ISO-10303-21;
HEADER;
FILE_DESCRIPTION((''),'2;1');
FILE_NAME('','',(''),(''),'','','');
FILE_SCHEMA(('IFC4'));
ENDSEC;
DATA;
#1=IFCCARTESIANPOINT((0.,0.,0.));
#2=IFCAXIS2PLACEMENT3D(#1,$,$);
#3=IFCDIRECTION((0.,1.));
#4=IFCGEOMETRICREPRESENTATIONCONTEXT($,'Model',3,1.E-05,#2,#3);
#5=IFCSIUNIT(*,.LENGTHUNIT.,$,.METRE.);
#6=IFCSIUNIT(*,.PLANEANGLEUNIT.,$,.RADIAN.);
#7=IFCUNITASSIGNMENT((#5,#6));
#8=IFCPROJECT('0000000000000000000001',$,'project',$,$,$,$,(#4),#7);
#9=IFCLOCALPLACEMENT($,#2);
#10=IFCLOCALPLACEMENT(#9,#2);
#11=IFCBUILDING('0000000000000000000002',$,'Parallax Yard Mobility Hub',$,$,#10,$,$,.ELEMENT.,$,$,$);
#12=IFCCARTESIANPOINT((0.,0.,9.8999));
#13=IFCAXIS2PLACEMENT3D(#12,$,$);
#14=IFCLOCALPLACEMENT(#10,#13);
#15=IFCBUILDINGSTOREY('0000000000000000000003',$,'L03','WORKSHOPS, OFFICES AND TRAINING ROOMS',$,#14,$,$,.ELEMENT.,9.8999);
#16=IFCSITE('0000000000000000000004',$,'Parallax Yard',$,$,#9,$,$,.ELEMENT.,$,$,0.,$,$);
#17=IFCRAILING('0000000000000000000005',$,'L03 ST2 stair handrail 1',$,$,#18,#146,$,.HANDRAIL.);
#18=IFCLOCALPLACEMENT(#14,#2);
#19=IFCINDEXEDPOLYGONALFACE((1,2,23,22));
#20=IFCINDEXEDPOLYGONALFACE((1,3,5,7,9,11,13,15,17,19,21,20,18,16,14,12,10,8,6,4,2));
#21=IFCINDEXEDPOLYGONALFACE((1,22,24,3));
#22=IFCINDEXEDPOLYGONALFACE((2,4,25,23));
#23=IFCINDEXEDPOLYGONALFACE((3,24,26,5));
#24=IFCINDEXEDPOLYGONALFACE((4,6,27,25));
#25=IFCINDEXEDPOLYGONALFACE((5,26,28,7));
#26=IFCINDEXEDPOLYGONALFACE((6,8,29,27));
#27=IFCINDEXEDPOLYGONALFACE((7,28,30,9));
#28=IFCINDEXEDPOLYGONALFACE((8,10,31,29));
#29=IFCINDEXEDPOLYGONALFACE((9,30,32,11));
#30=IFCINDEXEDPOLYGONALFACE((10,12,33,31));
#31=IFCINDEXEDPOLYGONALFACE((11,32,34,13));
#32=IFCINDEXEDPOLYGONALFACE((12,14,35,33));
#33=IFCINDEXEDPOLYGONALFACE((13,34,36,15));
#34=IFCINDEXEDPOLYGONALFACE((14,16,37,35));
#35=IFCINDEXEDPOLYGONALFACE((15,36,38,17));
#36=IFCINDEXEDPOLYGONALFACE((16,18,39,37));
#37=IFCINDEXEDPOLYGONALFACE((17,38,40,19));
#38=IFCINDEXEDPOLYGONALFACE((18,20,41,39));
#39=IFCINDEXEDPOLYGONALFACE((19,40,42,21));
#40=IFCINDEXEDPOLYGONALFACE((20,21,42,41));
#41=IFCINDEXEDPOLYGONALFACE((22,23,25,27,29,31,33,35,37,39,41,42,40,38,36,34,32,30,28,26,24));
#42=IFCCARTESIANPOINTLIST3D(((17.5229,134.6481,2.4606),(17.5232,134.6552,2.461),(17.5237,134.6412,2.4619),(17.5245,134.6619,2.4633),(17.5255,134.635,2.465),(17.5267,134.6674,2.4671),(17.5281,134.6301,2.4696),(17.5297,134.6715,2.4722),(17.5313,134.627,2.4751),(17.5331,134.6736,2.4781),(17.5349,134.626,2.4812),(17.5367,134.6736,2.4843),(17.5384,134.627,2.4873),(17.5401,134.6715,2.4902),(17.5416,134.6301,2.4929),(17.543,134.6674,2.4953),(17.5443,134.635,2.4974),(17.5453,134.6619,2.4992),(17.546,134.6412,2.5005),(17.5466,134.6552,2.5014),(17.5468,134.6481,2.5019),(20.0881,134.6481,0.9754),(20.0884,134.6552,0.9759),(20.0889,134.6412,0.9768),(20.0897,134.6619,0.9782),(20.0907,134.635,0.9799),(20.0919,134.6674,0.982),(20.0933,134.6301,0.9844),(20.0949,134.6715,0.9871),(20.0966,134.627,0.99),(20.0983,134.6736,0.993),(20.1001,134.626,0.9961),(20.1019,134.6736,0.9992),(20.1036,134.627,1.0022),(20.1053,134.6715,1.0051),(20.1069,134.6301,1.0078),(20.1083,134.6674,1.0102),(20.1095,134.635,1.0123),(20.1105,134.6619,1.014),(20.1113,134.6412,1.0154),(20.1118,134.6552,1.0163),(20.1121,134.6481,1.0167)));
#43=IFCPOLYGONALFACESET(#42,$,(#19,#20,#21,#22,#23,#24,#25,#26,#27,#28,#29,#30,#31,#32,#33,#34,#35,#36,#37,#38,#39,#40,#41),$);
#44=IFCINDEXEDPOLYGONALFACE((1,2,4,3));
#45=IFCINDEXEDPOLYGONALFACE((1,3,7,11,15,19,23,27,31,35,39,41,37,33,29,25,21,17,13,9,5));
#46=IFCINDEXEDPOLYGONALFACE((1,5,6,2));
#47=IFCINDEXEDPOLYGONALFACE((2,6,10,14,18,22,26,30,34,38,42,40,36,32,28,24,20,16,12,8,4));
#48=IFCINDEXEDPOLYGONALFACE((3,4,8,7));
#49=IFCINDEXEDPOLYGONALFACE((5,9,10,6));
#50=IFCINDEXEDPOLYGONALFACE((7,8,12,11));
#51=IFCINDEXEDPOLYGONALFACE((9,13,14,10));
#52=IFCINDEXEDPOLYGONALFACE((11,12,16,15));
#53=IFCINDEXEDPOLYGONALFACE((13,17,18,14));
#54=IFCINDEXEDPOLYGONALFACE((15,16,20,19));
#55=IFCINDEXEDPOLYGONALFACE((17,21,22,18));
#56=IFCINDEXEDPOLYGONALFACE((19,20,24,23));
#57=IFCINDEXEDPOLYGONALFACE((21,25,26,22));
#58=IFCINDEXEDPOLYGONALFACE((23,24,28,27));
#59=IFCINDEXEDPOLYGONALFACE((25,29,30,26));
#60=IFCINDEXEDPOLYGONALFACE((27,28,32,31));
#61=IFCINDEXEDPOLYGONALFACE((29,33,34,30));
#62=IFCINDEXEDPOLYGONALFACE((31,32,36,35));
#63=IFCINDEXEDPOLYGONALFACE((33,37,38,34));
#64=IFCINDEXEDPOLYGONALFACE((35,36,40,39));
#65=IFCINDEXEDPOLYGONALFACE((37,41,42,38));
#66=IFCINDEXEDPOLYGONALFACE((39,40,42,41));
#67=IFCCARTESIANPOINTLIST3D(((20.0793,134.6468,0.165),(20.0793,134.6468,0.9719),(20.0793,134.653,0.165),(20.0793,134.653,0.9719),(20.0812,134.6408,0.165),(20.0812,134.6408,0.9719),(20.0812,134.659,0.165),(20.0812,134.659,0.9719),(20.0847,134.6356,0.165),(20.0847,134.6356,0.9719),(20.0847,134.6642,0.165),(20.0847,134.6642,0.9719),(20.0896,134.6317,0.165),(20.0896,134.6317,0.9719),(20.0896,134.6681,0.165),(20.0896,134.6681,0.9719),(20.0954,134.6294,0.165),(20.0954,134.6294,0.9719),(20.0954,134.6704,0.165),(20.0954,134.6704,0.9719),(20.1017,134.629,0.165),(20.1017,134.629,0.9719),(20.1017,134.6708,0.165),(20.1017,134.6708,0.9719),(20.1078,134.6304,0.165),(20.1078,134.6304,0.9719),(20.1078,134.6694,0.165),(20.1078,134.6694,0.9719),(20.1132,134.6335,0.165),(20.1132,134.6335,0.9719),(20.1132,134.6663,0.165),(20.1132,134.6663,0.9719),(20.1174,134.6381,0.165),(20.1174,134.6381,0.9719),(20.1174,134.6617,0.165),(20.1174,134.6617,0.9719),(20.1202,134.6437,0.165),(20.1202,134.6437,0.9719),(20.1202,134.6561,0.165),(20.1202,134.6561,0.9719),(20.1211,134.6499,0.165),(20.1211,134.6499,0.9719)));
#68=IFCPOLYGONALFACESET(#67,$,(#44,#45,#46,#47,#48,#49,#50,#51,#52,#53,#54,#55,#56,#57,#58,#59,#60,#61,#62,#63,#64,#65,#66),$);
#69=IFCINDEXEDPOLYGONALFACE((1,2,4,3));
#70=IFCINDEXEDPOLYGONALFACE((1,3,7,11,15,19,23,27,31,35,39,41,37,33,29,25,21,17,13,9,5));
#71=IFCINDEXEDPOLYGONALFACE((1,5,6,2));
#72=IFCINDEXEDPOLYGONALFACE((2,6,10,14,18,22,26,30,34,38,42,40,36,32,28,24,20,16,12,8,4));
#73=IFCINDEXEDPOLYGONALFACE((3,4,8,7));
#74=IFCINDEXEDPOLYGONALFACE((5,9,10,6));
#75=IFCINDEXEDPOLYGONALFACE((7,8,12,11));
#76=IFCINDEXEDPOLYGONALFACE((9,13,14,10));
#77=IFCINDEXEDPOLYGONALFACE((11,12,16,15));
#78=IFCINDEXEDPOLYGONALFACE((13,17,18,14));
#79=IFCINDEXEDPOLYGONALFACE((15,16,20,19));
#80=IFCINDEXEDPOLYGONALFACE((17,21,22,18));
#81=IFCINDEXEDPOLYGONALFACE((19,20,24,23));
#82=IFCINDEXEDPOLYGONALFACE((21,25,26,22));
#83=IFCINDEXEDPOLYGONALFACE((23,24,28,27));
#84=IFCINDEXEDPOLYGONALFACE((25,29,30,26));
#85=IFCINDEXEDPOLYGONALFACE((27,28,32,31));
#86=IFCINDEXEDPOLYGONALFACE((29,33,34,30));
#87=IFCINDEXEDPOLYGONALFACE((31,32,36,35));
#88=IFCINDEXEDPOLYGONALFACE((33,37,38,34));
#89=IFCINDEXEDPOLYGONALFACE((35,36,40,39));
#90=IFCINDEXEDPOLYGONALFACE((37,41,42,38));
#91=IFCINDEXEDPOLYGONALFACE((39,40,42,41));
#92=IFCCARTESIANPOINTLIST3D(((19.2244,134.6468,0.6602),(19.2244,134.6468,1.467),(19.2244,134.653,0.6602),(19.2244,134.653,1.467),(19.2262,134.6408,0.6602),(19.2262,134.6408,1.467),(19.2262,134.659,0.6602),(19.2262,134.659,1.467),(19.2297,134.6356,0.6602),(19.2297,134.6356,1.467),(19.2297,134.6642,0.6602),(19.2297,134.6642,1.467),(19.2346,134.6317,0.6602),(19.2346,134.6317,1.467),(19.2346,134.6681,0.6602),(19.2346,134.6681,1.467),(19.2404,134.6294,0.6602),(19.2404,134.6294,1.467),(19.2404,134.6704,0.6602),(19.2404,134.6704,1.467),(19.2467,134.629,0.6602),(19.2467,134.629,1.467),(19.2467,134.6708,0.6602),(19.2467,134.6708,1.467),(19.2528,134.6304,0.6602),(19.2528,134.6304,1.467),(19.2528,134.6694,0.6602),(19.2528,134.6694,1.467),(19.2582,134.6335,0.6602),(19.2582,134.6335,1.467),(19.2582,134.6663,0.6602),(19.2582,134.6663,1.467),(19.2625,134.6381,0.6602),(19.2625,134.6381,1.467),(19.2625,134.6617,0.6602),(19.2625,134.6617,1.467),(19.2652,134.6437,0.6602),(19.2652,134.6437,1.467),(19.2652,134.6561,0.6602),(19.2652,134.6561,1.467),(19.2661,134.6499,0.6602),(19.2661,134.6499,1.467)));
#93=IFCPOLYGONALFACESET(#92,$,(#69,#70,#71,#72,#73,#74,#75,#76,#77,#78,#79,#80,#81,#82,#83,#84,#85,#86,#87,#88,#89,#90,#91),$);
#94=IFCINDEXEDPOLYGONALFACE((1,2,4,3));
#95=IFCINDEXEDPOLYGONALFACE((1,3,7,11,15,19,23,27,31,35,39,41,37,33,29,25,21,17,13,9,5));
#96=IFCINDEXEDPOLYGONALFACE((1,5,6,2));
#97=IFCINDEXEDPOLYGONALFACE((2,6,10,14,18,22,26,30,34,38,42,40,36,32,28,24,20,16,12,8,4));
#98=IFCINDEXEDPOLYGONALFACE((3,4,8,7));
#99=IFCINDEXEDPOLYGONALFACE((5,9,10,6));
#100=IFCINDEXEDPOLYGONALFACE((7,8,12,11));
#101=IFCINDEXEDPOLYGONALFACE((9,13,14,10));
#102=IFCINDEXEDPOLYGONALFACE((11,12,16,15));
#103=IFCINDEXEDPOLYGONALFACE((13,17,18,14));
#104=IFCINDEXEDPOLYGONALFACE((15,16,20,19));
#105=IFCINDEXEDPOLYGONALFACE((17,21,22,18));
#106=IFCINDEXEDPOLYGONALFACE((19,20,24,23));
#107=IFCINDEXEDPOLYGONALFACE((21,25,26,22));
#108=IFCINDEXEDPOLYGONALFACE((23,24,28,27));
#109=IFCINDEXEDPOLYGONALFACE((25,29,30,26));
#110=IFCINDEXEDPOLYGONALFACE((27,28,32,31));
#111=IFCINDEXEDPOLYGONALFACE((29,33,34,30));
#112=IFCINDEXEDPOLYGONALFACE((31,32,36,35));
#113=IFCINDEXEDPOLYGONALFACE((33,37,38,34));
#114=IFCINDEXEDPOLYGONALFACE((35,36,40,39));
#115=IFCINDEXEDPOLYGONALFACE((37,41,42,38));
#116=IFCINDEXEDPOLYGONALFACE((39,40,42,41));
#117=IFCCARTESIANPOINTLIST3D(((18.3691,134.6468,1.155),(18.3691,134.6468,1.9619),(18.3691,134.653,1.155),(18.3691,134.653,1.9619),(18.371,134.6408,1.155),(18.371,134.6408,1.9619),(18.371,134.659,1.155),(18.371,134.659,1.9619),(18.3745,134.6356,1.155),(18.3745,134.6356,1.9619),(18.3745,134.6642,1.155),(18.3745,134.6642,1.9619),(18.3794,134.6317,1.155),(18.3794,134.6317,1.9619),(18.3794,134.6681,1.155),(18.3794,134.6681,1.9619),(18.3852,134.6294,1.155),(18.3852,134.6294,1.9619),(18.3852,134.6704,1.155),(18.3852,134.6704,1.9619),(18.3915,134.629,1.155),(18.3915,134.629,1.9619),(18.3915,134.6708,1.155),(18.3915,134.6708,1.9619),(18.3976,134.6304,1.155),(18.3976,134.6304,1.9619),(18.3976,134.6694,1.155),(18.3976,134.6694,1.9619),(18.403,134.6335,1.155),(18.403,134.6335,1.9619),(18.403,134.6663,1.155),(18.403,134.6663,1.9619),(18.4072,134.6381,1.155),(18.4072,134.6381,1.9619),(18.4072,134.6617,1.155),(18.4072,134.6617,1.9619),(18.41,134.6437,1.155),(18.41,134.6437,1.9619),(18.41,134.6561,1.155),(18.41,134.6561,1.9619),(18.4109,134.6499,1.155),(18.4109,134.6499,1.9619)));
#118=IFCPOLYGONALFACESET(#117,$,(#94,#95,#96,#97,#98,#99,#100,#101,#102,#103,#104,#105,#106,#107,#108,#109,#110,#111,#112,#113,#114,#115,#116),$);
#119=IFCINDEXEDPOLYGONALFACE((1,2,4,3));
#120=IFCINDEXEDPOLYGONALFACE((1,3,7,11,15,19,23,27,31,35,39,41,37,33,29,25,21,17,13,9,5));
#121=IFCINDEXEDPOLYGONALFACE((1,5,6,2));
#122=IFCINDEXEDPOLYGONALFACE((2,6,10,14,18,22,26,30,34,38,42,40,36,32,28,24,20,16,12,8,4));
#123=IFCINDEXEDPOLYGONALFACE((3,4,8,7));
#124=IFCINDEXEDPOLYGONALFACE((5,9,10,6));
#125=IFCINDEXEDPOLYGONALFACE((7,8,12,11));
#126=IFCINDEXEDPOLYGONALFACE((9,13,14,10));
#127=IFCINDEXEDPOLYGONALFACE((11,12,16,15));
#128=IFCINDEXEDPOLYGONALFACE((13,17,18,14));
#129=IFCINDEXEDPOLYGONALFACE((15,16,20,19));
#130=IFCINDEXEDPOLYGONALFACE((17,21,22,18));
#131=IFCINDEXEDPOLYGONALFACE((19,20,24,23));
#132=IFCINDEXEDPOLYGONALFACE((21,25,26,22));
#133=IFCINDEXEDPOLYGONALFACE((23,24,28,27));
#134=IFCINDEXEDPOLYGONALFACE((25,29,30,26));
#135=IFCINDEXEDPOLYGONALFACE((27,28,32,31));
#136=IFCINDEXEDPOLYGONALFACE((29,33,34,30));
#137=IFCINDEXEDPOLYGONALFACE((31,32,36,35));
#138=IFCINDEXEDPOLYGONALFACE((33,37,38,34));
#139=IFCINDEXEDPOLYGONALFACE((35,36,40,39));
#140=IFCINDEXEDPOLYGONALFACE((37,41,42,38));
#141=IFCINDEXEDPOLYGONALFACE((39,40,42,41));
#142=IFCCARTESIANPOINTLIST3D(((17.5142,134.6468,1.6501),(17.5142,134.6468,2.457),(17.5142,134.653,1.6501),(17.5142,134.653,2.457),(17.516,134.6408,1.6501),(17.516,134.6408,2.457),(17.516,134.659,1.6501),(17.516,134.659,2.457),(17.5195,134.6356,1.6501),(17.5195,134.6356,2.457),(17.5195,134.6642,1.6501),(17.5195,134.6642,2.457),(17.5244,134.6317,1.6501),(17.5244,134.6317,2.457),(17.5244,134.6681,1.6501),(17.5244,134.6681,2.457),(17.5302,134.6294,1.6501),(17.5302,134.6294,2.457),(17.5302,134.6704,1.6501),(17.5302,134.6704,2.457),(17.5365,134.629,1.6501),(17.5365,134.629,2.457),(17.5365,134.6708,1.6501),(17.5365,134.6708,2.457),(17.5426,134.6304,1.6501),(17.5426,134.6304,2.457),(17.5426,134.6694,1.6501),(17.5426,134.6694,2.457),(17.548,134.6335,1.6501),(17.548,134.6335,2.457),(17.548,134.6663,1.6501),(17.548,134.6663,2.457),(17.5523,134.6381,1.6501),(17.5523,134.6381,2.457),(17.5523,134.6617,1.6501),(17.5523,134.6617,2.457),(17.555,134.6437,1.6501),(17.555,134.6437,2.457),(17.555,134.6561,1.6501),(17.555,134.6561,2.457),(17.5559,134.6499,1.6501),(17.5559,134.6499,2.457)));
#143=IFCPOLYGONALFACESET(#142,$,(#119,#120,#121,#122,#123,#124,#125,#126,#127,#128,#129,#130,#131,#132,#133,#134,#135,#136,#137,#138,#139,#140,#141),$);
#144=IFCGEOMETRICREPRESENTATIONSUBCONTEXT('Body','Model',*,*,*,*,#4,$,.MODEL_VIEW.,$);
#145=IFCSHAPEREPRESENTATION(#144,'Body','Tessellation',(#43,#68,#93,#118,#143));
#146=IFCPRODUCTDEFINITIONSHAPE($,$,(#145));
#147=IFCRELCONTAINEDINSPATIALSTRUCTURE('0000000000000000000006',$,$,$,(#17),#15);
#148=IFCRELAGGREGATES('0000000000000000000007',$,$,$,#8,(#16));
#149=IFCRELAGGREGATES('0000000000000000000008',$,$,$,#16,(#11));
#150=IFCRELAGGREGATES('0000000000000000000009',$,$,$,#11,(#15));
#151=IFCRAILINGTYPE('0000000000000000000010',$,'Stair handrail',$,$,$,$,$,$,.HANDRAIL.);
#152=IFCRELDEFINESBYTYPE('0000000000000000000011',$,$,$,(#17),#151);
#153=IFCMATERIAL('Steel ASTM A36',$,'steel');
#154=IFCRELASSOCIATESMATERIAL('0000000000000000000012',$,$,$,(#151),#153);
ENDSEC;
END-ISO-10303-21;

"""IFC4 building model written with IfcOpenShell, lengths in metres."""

from ifc_helpers import new_model, si_unit, direction, frame, origin, origin_2d, place, context, subcontext, project, spatial, circle, extrude, material, type_object, element, save


model = new_model("IFC4")

# Units and contexts
model_context = context("Model", 3, precision=1e-05, world=origin(), true_north=direction((0.0, 1.0)))
body_context = subcontext(model_context, "Body", "Model", "MODEL_VIEW")
ifc_project = project(units=[si_unit("LENGTHUNIT", "METRE"), si_unit("PLANEANGLEUNIT", "RADIAN")], contexts=[model_context])

# Site, building, storey
site_placement = place(None, origin())
site = spatial("IfcSite", under=ifc_project, at=site_placement, Name="Parallax Yard", CompositionType="ELEMENT", RefElevation=0.0)
building_placement = place(site_placement, origin())
building = spatial("IfcBuilding", under=site, at=building_placement, Name="Parallax Yard Mobility Hub", CompositionType="ELEMENT")
storey_placement = place(building_placement, frame((0.0, 0.0, 9.8999)))
storey = spatial("IfcBuildingStorey", under=building, at=storey_placement, Name="L03", Description="WORKSHOPS, OFFICES AND TRAINING ROOMS", CompositionType="ELEMENT", Elevation=9.8999)

# Railing
ifc_material_1 = material(Name="Steel ASTM A36", Category="steel")
railing_type_1 = type_object("IfcRailingType", Name="Stair handrail", PredefinedType="HANDRAIL", material=ifc_material_1)
railing_1_placement = place(storey_placement, frame((20.1001, 134.6499, 0.165)))
element("IfcRailing", 1, at=railing_1_placement, inside=storey, type_object=railing_type_1, Name="L03 ST2 stair handrail 1", PredefinedType="HANDRAIL", context=body_context, shape_type="SweptSolid", body=[
    extrude(circle(Radius=0.0239, at=origin_2d()), frame((0.0, 0.0, 0.8311), z_axis=(-0.865426, 0.0, 0.501036), x_axis=(0.0, -1.0, 0.0)), (0.0, 0.0, 1.0), 2.9641),
    extrude(circle(Radius=0.021, at=origin_2d()), origin(), (0.0, 0.0, 1.0), 0.8069),
    extrude(circle(Radius=0.021, at=origin_2d()), frame((-0.855, 0.0, 0.4951)), (0.0, 0.0, 1.0), 0.8069),
    extrude(circle(Radius=0.021, at=origin_2d()), frame((-1.7102, 0.0, 0.99)), (0.0, 0.0, 1.0), 0.8069),
    extrude(circle(Radius=0.021, at=origin_2d()), frame((-2.5652, 0.0, 1.4851)), (0.0, 0.0, 1.0), 0.8069),
])

save(model, "model.ifc")
